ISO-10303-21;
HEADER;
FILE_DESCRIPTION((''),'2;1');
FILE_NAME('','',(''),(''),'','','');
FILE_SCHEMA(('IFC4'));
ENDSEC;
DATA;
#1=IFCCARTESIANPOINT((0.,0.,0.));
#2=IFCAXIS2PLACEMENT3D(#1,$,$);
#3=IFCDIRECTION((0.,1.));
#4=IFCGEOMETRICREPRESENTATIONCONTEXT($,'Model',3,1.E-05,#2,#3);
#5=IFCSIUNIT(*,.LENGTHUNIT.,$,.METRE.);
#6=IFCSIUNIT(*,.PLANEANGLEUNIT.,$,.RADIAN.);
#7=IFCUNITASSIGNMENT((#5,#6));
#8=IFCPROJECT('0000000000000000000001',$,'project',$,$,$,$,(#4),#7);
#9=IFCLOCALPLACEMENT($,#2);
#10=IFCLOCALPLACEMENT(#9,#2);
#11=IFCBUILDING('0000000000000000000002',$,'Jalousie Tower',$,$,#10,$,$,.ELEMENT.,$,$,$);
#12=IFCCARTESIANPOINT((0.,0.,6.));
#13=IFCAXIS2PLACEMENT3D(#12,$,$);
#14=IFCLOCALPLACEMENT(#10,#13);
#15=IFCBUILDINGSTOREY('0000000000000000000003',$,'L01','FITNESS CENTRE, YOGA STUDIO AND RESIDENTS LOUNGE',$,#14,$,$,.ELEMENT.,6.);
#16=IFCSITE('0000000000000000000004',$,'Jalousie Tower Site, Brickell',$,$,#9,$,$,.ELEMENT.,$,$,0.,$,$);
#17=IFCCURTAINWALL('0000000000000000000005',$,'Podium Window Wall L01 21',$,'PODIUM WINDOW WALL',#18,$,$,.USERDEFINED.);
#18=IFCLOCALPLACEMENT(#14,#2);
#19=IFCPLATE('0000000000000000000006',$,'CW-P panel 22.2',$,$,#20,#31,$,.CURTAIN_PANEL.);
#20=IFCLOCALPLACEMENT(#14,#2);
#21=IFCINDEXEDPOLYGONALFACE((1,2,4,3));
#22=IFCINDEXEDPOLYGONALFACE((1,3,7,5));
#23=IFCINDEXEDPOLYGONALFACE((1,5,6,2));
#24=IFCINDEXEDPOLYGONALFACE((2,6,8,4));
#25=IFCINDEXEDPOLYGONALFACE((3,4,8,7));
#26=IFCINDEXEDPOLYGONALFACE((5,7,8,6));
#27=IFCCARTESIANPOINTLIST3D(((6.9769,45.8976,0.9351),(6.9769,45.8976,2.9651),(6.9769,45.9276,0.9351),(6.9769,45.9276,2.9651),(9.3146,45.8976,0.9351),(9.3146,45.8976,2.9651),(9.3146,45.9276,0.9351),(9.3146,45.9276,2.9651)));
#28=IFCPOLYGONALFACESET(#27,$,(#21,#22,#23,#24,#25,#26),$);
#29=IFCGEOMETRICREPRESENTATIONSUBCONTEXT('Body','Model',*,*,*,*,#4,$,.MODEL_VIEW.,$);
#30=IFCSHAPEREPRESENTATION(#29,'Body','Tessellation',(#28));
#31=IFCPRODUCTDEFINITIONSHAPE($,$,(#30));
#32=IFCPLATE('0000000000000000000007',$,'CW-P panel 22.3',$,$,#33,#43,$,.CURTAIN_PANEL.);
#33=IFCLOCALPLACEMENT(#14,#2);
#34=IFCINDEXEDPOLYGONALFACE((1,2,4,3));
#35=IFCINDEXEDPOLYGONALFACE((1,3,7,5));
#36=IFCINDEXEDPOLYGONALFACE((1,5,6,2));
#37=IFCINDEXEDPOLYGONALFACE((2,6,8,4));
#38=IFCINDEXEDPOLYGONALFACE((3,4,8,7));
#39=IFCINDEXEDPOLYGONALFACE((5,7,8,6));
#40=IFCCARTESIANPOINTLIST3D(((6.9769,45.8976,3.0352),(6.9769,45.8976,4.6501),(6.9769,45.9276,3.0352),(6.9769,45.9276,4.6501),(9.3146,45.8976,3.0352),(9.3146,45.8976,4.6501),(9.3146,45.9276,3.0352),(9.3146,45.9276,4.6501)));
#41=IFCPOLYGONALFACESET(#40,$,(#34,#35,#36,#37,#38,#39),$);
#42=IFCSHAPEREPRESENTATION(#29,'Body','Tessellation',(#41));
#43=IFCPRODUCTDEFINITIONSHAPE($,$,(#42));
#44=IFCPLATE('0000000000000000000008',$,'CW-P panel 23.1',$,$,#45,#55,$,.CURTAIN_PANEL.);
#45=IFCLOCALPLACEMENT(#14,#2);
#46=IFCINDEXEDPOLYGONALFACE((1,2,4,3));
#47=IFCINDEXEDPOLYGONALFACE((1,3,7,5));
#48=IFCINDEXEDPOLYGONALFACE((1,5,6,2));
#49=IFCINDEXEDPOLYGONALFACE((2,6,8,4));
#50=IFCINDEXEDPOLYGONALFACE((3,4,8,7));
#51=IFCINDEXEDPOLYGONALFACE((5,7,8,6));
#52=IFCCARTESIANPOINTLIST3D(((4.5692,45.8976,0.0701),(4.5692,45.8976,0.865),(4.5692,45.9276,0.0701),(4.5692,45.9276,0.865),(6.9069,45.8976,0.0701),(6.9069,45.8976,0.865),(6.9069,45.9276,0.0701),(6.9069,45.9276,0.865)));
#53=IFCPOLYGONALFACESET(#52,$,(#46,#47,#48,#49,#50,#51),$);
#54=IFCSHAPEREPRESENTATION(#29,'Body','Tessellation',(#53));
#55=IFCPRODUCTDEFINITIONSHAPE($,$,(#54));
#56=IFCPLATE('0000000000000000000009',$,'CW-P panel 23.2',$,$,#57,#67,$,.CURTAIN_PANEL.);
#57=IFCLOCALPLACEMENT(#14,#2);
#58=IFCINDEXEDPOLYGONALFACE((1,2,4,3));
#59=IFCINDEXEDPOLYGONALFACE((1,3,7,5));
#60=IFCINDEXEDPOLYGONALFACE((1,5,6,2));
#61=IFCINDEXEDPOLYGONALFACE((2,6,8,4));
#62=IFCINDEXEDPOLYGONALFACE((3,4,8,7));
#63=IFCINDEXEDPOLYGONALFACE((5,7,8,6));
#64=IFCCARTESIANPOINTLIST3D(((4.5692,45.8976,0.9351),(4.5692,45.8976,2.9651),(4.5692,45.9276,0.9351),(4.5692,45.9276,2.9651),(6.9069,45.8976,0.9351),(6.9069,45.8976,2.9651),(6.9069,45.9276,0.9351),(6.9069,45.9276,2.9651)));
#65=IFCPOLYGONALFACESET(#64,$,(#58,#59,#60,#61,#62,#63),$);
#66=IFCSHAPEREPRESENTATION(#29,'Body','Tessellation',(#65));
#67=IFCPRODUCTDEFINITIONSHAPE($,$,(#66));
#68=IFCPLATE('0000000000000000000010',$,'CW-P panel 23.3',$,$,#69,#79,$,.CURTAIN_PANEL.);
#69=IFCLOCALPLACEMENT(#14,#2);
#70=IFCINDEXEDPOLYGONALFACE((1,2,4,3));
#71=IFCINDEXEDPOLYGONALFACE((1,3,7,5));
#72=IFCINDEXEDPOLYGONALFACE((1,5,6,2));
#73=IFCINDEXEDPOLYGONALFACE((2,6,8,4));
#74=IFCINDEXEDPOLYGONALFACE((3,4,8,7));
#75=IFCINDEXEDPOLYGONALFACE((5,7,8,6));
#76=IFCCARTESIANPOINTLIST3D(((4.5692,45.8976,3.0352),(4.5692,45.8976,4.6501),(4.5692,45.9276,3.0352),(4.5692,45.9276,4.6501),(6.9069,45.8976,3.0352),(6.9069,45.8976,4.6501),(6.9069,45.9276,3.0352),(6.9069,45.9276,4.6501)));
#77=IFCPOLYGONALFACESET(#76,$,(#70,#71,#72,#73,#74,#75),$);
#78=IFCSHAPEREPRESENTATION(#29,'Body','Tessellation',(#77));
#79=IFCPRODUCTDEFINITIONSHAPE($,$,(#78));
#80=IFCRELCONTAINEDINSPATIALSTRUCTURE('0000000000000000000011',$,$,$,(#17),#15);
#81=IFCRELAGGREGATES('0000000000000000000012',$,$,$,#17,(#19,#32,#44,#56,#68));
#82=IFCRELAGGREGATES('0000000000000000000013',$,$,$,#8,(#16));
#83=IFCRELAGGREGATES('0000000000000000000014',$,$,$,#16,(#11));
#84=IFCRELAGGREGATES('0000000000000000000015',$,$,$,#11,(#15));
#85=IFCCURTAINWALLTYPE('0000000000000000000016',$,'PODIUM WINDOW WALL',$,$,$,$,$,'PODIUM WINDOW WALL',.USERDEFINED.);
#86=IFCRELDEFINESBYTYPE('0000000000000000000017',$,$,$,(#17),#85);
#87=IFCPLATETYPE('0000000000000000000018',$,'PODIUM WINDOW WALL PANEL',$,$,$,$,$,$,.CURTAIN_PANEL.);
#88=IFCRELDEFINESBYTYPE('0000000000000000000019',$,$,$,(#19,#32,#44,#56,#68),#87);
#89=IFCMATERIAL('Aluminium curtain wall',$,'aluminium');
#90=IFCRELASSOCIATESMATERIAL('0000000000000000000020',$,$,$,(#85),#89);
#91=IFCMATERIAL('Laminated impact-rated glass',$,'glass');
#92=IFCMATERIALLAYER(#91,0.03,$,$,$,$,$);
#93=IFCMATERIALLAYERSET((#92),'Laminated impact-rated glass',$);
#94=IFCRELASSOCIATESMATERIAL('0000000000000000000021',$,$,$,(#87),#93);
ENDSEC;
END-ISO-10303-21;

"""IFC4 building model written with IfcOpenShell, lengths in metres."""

from ifc_helpers import new_model, si_unit, direction, frame, origin, origin_2d, place, context, subcontext, project, spatial, rectangle, extrude, material, layer, layer_set, type_object, element, aggregate, save


model = new_model("IFC4")

# Units and contexts
model_context = context("Model", 3, precision=1e-05, world=origin(), true_north=direction((0.0, 1.0)))
body_context = subcontext(model_context, "Body", "Model", "MODEL_VIEW")
ifc_project = project(units=[si_unit("LENGTHUNIT", "METRE"), si_unit("PLANEANGLEUNIT", "RADIAN")], contexts=[model_context])

# Site, building, storey
site_placement = place(None, origin())
site = spatial("IfcSite", under=ifc_project, at=site_placement, Name="Jalousie Tower Site, Brickell", CompositionType="ELEMENT", RefElevation=0.0)
building_placement = place(site_placement, origin())
building = spatial("IfcBuilding", under=site, at=building_placement, Name="Jalousie Tower", CompositionType="ELEMENT")
storey_placement = place(building_placement, frame((0.0, 0.0, 6.0)))
storey = spatial("IfcBuildingStorey", under=building, at=storey_placement, Name="L01", Description="FITNESS CENTRE, YOGA STUDIO AND RESIDENTS LOUNGE", CompositionType="ELEMENT", Elevation=6.0)

# Curtain wall, plates
ifc_material_1 = material(Name="Aluminium curtain wall", Category="aluminium")
curtain_wall_type = type_object("IfcCurtainWallType", Name="PODIUM WINDOW WALL", ElementType="PODIUM WINDOW WALL", PredefinedType="USERDEFINED", material=ifc_material_1)
curtain_wall_placement = place(storey_placement, origin())
curtain_wall = element("IfcCurtainWall", 1, at=curtain_wall_placement, inside=storey, type_object=curtain_wall_type, Name="Podium Window Wall L01 21", ObjectType="PODIUM WINDOW WALL", PredefinedType="USERDEFINED")
ifc_material_2 = material(Name="Laminated impact-rated glass", Category="glass")
ifc_layer = layer(ifc_material_2, 0.03)
ifc_layer_set = layer_set([ifc_layer], Name="Laminated impact-rated glass")
plate_type = type_object("IfcPlateType", Name="PODIUM WINDOW WALL PANEL", PredefinedType="CURTAIN_PANEL", material=ifc_layer_set)
plate_1_placement = place(storey_placement, frame((8.1458, 45.9126, 0.9351), z_axis=(0.0, 0.0, 1.0), x_axis=(-1.0, 0.0, 0.0)))
plate_1 = element("IfcPlate", 2, at=plate_1_placement, type_object=plate_type, Name="CW-P panel 22.2", PredefinedType="CURTAIN_PANEL", context=body_context, shape_type="SweptSolid", body=[
    extrude(rectangle(XDim=2.3376, YDim=0.03, at=origin_2d()), origin(), (0.0, 0.0, 1.0), 2.03),
])
plate_2_placement = place(storey_placement, frame((8.1458, 45.9126, 3.0352), z_axis=(0.0, 0.0, 1.0), x_axis=(-1.0, 0.0, 0.0)))
plate_2 = element("IfcPlate", 3, at=plate_2_placement, type_object=plate_type, Name="CW-P panel 22.3", PredefinedType="CURTAIN_PANEL", context=body_context, shape_type="SweptSolid", body=[
    extrude(rectangle(XDim=2.3376, YDim=0.03, at=origin_2d()), origin(), (0.0, 0.0, 1.0), 1.615),
])
plate_3_placement = place(storey_placement, frame((5.738, 45.9126, 0.0701), z_axis=(0.0, 0.0, 1.0), x_axis=(-1.0, 0.0, 0.0)))
plate_3 = element("IfcPlate", 4, at=plate_3_placement, type_object=plate_type, Name="CW-P panel 23.1", PredefinedType="CURTAIN_PANEL", context=body_context, shape_type="SweptSolid", body=[
    extrude(rectangle(XDim=2.3376, YDim=0.03, at=origin_2d()), origin(), (0.0, 0.0, 1.0), 0.7949),
])
plate_4_placement = place(storey_placement, frame((5.738, 45.9126, 0.9351), z_axis=(0.0, 0.0, 1.0), x_axis=(-1.0, 0.0, 0.0)))
plate_4 = element("IfcPlate", 5, at=plate_4_placement, type_object=plate_type, Name="CW-P panel 23.2", PredefinedType="CURTAIN_PANEL", context=body_context, shape_type="SweptSolid", body=[
    extrude(rectangle(XDim=2.3376, YDim=0.03, at=origin_2d()), origin(), (0.0, 0.0, 1.0), 2.03),
])
plate_5_placement = place(storey_placement, frame((5.738, 45.9126, 3.0352), z_axis=(0.0, 0.0, 1.0), x_axis=(-1.0, 0.0, 0.0)))
plate_5 = element("IfcPlate", 6, at=plate_5_placement, type_object=plate_type, Name="CW-P panel 23.3", PredefinedType="CURTAIN_PANEL", context=body_context, shape_type="SweptSolid", body=[
    extrude(rectangle(XDim=2.3376, YDim=0.03, at=origin_2d()), origin(), (0.0, 0.0, 1.0), 1.615),
])
aggregate(curtain_wall, [plate_1, plate_2, plate_3, plate_4, plate_5])

save(model, "model.ifc")
